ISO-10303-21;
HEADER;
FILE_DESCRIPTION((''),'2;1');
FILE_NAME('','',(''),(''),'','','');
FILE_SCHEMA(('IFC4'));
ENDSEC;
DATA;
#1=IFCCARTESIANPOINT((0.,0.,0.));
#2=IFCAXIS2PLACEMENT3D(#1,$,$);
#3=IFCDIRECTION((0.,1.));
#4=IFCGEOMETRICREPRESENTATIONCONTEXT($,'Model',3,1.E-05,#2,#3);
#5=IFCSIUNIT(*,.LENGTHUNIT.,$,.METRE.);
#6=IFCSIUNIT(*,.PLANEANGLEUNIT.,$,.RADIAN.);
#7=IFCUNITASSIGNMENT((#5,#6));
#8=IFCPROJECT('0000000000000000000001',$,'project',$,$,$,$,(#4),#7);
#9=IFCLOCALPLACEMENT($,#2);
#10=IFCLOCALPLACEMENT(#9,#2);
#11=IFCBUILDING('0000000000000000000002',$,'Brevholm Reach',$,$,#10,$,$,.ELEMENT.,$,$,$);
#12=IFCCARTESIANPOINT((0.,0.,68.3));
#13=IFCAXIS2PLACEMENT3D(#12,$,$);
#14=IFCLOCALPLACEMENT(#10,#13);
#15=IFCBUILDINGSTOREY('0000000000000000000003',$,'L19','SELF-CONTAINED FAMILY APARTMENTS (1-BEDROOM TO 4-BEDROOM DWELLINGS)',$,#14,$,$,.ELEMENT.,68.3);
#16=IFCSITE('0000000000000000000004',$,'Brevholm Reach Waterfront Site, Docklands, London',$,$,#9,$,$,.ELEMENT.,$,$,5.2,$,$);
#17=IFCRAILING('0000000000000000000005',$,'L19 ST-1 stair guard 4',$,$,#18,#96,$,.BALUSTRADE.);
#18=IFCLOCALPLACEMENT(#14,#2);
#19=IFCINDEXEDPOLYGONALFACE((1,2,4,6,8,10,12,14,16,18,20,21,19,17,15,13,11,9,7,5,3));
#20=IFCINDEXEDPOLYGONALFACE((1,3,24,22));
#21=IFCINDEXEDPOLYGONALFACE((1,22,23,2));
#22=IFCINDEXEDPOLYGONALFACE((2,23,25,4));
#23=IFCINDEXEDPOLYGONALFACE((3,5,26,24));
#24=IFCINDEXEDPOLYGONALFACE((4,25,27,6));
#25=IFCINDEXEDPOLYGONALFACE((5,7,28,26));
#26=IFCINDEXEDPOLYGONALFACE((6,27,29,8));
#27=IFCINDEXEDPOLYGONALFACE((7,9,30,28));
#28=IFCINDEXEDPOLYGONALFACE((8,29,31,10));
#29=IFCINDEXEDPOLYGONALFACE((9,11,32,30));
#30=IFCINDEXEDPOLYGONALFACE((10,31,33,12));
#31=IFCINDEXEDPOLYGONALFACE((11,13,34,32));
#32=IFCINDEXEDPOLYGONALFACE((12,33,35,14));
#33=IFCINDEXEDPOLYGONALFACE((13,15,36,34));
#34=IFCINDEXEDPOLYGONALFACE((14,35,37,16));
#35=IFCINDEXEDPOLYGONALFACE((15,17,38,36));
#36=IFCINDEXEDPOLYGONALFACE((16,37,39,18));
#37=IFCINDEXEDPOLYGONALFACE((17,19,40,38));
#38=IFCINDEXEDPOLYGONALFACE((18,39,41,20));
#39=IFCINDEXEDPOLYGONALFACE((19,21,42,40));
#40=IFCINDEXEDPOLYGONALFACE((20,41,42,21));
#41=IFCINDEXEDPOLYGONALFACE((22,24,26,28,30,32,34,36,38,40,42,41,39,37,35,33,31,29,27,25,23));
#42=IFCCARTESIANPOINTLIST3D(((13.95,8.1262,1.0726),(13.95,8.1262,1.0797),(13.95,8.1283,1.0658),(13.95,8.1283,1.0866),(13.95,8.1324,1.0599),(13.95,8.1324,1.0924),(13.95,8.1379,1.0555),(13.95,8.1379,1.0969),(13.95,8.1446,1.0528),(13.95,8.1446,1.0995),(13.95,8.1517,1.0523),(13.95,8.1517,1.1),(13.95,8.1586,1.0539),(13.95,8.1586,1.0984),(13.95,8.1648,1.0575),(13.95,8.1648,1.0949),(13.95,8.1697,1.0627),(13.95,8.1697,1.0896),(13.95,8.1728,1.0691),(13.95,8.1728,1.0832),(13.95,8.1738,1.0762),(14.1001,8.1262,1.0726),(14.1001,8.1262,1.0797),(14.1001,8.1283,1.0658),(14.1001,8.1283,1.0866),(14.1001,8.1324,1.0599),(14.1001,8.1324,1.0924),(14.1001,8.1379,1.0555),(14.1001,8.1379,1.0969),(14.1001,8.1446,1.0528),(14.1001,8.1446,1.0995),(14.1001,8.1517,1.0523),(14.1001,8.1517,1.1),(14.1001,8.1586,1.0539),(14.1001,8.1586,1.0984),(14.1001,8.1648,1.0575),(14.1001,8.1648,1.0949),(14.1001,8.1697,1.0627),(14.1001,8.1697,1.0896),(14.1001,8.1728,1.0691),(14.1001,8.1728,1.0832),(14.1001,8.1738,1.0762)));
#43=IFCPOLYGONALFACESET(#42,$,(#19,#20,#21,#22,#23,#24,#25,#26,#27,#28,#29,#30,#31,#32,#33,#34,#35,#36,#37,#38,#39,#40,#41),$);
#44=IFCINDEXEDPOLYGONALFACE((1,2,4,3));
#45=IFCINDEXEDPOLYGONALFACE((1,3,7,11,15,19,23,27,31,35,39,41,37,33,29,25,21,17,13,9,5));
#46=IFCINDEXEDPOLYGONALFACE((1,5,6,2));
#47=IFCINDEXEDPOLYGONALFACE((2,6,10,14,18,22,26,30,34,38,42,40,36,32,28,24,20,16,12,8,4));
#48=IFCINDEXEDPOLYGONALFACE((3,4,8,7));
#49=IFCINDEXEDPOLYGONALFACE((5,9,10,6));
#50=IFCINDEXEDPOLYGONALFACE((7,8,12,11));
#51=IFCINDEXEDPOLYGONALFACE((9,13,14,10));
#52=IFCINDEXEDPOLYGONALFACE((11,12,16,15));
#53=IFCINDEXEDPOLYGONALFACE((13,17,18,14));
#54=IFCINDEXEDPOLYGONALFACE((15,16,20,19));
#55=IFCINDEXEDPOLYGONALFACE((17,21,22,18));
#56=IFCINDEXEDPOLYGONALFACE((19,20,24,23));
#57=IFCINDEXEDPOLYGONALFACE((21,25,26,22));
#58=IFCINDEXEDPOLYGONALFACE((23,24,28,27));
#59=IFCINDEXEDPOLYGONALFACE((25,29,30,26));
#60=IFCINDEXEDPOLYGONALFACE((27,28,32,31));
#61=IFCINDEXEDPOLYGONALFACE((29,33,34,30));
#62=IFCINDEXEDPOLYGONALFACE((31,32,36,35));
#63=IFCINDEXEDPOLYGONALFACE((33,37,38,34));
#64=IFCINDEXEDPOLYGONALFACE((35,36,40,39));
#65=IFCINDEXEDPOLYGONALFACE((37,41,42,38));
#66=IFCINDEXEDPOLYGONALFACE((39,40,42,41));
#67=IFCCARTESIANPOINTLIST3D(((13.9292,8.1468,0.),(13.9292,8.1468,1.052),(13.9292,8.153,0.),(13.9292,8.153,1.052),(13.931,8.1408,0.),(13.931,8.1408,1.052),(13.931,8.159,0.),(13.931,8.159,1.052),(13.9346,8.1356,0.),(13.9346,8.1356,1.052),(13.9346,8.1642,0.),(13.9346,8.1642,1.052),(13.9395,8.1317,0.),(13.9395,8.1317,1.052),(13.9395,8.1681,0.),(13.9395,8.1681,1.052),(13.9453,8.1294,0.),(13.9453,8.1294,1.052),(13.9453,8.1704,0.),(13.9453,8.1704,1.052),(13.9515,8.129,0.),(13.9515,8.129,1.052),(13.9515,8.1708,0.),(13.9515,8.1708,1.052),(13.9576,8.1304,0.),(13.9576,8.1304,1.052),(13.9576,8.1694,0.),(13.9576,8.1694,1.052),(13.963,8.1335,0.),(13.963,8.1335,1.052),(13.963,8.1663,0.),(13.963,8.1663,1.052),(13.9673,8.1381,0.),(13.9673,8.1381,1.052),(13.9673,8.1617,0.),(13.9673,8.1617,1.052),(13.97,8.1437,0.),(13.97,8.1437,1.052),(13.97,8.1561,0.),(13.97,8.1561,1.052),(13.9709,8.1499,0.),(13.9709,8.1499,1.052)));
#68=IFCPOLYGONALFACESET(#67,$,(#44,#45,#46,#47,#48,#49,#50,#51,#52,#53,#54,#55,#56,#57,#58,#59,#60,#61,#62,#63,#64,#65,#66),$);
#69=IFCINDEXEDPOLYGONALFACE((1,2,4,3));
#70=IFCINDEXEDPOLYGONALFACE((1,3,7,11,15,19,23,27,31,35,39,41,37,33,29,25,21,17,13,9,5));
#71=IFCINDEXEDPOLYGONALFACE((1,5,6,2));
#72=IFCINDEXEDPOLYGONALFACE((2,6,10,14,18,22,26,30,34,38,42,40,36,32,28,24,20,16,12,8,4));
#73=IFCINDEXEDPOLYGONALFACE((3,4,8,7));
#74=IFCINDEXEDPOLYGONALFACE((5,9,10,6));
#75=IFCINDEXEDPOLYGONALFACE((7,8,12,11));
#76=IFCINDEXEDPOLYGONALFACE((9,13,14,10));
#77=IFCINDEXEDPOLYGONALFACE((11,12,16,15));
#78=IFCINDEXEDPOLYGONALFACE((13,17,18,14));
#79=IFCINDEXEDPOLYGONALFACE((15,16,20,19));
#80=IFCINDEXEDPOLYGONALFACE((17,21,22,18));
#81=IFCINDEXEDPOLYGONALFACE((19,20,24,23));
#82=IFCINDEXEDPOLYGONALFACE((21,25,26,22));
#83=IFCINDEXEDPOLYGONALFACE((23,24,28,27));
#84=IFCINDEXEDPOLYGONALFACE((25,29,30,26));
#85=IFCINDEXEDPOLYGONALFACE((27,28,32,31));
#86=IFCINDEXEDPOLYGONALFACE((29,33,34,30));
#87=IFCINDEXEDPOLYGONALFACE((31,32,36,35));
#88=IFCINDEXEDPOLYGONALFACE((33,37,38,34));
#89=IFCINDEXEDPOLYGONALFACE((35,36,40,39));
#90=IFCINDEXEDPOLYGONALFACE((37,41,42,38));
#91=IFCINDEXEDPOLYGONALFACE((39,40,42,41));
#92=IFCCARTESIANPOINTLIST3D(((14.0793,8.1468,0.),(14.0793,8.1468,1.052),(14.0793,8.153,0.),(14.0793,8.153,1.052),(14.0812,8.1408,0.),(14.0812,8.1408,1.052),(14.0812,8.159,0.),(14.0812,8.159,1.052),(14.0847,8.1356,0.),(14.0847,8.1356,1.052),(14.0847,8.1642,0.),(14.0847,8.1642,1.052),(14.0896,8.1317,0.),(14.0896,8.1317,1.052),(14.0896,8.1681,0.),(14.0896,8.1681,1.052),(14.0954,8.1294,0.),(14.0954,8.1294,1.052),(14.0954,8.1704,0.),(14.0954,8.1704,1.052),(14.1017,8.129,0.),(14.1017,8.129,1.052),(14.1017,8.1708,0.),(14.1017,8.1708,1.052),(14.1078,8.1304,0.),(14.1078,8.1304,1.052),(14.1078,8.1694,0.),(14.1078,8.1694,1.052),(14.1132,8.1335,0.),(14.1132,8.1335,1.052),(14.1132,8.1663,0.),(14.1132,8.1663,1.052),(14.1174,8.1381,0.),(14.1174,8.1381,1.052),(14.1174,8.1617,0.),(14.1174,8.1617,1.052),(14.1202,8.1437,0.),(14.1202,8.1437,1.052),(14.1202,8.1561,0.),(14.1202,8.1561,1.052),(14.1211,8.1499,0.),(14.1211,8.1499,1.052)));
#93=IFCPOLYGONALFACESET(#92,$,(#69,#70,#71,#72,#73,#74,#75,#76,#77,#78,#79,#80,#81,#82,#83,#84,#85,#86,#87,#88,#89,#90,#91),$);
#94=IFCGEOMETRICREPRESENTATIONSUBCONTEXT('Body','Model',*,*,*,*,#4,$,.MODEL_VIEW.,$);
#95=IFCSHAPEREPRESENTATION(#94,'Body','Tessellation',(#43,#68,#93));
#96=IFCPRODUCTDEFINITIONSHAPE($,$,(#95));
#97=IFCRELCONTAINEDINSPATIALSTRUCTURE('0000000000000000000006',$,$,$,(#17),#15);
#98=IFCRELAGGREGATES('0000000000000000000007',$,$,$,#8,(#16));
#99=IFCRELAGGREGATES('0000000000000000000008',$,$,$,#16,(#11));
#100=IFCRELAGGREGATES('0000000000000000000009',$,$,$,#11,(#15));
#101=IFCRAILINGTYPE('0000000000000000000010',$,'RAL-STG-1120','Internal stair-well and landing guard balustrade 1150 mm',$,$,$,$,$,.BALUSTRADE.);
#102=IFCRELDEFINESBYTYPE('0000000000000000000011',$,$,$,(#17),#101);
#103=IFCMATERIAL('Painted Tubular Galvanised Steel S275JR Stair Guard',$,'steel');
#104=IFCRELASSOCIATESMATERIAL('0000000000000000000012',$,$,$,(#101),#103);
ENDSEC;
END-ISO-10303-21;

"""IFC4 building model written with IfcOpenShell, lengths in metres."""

from ifc_helpers import new_model, si_unit, direction, frame, origin, origin_2d, place, context, subcontext, project, spatial, circle, extrude, material, type_object, element, save


model = new_model("IFC4")

# Units and contexts
model_context = context("Model", 3, precision=1e-05, world=origin(), true_north=direction((0.0, 1.0)))
body_context = subcontext(model_context, "Body", "Model", "MODEL_VIEW")
ifc_project = project(units=[si_unit("LENGTHUNIT", "METRE"), si_unit("PLANEANGLEUNIT", "RADIAN")], contexts=[model_context])

# Site, building, storey
site_placement = place(None, origin())
site = spatial("IfcSite", under=ifc_project, at=site_placement, Name="Brevholm Reach Waterfront Site, Docklands, London", CompositionType="ELEMENT", RefElevation=5.2)
building_placement = place(site_placement, origin())
building = spatial("IfcBuilding", under=site, at=building_placement, Name="Brevholm Reach", CompositionType="ELEMENT")
storey_placement = place(building_placement, frame((0.0, 0.0, 68.3)))
storey = spatial("IfcBuildingStorey", under=building, at=storey_placement, Name="L19", Description="SELF-CONTAINED FAMILY APARTMENTS (1-BEDROOM TO 4-BEDROOM DWELLINGS)", CompositionType="ELEMENT", Elevation=68.3)

# Railing
ifc_material_1 = material(Name="Painted Tubular Galvanised Steel S275JR Stair Guard", Category="steel")
railing_type = type_object("IfcRailingType", Name="RAL-STG-1120", Description="Internal stair-well and landing guard balustrade 1150 mm", PredefinedType="BALUSTRADE", material=ifc_material_1)
railing_1_placement = place(storey_placement, frame((13.95, 8.1499, 0.0)))
element("IfcRailing", 1, at=railing_1_placement, inside=storey, type_object=railing_type, Name="L19 ST-1 stair guard 4", PredefinedType="BALUSTRADE", context=body_context, shape_type="SweptSolid", body=[
    extrude(circle(Radius=0.0239, at=origin_2d()), frame((0.0, 0.0, 1.0762), z_axis=(1.0, 0.0, 0.0), x_axis=(0.0, 1.0, 0.0)), (0.0, 0.0, 1.0), 0.1501),
    extrude(circle(Radius=0.021, at=origin_2d()), origin(), (0.0, 0.0, 1.0), 1.052),
    extrude(circle(Radius=0.021, at=origin_2d()), frame((0.1501, 0.0, 0.0)), (0.0, 0.0, 1.0), 1.052),
])

save(model, "model.ifc")
